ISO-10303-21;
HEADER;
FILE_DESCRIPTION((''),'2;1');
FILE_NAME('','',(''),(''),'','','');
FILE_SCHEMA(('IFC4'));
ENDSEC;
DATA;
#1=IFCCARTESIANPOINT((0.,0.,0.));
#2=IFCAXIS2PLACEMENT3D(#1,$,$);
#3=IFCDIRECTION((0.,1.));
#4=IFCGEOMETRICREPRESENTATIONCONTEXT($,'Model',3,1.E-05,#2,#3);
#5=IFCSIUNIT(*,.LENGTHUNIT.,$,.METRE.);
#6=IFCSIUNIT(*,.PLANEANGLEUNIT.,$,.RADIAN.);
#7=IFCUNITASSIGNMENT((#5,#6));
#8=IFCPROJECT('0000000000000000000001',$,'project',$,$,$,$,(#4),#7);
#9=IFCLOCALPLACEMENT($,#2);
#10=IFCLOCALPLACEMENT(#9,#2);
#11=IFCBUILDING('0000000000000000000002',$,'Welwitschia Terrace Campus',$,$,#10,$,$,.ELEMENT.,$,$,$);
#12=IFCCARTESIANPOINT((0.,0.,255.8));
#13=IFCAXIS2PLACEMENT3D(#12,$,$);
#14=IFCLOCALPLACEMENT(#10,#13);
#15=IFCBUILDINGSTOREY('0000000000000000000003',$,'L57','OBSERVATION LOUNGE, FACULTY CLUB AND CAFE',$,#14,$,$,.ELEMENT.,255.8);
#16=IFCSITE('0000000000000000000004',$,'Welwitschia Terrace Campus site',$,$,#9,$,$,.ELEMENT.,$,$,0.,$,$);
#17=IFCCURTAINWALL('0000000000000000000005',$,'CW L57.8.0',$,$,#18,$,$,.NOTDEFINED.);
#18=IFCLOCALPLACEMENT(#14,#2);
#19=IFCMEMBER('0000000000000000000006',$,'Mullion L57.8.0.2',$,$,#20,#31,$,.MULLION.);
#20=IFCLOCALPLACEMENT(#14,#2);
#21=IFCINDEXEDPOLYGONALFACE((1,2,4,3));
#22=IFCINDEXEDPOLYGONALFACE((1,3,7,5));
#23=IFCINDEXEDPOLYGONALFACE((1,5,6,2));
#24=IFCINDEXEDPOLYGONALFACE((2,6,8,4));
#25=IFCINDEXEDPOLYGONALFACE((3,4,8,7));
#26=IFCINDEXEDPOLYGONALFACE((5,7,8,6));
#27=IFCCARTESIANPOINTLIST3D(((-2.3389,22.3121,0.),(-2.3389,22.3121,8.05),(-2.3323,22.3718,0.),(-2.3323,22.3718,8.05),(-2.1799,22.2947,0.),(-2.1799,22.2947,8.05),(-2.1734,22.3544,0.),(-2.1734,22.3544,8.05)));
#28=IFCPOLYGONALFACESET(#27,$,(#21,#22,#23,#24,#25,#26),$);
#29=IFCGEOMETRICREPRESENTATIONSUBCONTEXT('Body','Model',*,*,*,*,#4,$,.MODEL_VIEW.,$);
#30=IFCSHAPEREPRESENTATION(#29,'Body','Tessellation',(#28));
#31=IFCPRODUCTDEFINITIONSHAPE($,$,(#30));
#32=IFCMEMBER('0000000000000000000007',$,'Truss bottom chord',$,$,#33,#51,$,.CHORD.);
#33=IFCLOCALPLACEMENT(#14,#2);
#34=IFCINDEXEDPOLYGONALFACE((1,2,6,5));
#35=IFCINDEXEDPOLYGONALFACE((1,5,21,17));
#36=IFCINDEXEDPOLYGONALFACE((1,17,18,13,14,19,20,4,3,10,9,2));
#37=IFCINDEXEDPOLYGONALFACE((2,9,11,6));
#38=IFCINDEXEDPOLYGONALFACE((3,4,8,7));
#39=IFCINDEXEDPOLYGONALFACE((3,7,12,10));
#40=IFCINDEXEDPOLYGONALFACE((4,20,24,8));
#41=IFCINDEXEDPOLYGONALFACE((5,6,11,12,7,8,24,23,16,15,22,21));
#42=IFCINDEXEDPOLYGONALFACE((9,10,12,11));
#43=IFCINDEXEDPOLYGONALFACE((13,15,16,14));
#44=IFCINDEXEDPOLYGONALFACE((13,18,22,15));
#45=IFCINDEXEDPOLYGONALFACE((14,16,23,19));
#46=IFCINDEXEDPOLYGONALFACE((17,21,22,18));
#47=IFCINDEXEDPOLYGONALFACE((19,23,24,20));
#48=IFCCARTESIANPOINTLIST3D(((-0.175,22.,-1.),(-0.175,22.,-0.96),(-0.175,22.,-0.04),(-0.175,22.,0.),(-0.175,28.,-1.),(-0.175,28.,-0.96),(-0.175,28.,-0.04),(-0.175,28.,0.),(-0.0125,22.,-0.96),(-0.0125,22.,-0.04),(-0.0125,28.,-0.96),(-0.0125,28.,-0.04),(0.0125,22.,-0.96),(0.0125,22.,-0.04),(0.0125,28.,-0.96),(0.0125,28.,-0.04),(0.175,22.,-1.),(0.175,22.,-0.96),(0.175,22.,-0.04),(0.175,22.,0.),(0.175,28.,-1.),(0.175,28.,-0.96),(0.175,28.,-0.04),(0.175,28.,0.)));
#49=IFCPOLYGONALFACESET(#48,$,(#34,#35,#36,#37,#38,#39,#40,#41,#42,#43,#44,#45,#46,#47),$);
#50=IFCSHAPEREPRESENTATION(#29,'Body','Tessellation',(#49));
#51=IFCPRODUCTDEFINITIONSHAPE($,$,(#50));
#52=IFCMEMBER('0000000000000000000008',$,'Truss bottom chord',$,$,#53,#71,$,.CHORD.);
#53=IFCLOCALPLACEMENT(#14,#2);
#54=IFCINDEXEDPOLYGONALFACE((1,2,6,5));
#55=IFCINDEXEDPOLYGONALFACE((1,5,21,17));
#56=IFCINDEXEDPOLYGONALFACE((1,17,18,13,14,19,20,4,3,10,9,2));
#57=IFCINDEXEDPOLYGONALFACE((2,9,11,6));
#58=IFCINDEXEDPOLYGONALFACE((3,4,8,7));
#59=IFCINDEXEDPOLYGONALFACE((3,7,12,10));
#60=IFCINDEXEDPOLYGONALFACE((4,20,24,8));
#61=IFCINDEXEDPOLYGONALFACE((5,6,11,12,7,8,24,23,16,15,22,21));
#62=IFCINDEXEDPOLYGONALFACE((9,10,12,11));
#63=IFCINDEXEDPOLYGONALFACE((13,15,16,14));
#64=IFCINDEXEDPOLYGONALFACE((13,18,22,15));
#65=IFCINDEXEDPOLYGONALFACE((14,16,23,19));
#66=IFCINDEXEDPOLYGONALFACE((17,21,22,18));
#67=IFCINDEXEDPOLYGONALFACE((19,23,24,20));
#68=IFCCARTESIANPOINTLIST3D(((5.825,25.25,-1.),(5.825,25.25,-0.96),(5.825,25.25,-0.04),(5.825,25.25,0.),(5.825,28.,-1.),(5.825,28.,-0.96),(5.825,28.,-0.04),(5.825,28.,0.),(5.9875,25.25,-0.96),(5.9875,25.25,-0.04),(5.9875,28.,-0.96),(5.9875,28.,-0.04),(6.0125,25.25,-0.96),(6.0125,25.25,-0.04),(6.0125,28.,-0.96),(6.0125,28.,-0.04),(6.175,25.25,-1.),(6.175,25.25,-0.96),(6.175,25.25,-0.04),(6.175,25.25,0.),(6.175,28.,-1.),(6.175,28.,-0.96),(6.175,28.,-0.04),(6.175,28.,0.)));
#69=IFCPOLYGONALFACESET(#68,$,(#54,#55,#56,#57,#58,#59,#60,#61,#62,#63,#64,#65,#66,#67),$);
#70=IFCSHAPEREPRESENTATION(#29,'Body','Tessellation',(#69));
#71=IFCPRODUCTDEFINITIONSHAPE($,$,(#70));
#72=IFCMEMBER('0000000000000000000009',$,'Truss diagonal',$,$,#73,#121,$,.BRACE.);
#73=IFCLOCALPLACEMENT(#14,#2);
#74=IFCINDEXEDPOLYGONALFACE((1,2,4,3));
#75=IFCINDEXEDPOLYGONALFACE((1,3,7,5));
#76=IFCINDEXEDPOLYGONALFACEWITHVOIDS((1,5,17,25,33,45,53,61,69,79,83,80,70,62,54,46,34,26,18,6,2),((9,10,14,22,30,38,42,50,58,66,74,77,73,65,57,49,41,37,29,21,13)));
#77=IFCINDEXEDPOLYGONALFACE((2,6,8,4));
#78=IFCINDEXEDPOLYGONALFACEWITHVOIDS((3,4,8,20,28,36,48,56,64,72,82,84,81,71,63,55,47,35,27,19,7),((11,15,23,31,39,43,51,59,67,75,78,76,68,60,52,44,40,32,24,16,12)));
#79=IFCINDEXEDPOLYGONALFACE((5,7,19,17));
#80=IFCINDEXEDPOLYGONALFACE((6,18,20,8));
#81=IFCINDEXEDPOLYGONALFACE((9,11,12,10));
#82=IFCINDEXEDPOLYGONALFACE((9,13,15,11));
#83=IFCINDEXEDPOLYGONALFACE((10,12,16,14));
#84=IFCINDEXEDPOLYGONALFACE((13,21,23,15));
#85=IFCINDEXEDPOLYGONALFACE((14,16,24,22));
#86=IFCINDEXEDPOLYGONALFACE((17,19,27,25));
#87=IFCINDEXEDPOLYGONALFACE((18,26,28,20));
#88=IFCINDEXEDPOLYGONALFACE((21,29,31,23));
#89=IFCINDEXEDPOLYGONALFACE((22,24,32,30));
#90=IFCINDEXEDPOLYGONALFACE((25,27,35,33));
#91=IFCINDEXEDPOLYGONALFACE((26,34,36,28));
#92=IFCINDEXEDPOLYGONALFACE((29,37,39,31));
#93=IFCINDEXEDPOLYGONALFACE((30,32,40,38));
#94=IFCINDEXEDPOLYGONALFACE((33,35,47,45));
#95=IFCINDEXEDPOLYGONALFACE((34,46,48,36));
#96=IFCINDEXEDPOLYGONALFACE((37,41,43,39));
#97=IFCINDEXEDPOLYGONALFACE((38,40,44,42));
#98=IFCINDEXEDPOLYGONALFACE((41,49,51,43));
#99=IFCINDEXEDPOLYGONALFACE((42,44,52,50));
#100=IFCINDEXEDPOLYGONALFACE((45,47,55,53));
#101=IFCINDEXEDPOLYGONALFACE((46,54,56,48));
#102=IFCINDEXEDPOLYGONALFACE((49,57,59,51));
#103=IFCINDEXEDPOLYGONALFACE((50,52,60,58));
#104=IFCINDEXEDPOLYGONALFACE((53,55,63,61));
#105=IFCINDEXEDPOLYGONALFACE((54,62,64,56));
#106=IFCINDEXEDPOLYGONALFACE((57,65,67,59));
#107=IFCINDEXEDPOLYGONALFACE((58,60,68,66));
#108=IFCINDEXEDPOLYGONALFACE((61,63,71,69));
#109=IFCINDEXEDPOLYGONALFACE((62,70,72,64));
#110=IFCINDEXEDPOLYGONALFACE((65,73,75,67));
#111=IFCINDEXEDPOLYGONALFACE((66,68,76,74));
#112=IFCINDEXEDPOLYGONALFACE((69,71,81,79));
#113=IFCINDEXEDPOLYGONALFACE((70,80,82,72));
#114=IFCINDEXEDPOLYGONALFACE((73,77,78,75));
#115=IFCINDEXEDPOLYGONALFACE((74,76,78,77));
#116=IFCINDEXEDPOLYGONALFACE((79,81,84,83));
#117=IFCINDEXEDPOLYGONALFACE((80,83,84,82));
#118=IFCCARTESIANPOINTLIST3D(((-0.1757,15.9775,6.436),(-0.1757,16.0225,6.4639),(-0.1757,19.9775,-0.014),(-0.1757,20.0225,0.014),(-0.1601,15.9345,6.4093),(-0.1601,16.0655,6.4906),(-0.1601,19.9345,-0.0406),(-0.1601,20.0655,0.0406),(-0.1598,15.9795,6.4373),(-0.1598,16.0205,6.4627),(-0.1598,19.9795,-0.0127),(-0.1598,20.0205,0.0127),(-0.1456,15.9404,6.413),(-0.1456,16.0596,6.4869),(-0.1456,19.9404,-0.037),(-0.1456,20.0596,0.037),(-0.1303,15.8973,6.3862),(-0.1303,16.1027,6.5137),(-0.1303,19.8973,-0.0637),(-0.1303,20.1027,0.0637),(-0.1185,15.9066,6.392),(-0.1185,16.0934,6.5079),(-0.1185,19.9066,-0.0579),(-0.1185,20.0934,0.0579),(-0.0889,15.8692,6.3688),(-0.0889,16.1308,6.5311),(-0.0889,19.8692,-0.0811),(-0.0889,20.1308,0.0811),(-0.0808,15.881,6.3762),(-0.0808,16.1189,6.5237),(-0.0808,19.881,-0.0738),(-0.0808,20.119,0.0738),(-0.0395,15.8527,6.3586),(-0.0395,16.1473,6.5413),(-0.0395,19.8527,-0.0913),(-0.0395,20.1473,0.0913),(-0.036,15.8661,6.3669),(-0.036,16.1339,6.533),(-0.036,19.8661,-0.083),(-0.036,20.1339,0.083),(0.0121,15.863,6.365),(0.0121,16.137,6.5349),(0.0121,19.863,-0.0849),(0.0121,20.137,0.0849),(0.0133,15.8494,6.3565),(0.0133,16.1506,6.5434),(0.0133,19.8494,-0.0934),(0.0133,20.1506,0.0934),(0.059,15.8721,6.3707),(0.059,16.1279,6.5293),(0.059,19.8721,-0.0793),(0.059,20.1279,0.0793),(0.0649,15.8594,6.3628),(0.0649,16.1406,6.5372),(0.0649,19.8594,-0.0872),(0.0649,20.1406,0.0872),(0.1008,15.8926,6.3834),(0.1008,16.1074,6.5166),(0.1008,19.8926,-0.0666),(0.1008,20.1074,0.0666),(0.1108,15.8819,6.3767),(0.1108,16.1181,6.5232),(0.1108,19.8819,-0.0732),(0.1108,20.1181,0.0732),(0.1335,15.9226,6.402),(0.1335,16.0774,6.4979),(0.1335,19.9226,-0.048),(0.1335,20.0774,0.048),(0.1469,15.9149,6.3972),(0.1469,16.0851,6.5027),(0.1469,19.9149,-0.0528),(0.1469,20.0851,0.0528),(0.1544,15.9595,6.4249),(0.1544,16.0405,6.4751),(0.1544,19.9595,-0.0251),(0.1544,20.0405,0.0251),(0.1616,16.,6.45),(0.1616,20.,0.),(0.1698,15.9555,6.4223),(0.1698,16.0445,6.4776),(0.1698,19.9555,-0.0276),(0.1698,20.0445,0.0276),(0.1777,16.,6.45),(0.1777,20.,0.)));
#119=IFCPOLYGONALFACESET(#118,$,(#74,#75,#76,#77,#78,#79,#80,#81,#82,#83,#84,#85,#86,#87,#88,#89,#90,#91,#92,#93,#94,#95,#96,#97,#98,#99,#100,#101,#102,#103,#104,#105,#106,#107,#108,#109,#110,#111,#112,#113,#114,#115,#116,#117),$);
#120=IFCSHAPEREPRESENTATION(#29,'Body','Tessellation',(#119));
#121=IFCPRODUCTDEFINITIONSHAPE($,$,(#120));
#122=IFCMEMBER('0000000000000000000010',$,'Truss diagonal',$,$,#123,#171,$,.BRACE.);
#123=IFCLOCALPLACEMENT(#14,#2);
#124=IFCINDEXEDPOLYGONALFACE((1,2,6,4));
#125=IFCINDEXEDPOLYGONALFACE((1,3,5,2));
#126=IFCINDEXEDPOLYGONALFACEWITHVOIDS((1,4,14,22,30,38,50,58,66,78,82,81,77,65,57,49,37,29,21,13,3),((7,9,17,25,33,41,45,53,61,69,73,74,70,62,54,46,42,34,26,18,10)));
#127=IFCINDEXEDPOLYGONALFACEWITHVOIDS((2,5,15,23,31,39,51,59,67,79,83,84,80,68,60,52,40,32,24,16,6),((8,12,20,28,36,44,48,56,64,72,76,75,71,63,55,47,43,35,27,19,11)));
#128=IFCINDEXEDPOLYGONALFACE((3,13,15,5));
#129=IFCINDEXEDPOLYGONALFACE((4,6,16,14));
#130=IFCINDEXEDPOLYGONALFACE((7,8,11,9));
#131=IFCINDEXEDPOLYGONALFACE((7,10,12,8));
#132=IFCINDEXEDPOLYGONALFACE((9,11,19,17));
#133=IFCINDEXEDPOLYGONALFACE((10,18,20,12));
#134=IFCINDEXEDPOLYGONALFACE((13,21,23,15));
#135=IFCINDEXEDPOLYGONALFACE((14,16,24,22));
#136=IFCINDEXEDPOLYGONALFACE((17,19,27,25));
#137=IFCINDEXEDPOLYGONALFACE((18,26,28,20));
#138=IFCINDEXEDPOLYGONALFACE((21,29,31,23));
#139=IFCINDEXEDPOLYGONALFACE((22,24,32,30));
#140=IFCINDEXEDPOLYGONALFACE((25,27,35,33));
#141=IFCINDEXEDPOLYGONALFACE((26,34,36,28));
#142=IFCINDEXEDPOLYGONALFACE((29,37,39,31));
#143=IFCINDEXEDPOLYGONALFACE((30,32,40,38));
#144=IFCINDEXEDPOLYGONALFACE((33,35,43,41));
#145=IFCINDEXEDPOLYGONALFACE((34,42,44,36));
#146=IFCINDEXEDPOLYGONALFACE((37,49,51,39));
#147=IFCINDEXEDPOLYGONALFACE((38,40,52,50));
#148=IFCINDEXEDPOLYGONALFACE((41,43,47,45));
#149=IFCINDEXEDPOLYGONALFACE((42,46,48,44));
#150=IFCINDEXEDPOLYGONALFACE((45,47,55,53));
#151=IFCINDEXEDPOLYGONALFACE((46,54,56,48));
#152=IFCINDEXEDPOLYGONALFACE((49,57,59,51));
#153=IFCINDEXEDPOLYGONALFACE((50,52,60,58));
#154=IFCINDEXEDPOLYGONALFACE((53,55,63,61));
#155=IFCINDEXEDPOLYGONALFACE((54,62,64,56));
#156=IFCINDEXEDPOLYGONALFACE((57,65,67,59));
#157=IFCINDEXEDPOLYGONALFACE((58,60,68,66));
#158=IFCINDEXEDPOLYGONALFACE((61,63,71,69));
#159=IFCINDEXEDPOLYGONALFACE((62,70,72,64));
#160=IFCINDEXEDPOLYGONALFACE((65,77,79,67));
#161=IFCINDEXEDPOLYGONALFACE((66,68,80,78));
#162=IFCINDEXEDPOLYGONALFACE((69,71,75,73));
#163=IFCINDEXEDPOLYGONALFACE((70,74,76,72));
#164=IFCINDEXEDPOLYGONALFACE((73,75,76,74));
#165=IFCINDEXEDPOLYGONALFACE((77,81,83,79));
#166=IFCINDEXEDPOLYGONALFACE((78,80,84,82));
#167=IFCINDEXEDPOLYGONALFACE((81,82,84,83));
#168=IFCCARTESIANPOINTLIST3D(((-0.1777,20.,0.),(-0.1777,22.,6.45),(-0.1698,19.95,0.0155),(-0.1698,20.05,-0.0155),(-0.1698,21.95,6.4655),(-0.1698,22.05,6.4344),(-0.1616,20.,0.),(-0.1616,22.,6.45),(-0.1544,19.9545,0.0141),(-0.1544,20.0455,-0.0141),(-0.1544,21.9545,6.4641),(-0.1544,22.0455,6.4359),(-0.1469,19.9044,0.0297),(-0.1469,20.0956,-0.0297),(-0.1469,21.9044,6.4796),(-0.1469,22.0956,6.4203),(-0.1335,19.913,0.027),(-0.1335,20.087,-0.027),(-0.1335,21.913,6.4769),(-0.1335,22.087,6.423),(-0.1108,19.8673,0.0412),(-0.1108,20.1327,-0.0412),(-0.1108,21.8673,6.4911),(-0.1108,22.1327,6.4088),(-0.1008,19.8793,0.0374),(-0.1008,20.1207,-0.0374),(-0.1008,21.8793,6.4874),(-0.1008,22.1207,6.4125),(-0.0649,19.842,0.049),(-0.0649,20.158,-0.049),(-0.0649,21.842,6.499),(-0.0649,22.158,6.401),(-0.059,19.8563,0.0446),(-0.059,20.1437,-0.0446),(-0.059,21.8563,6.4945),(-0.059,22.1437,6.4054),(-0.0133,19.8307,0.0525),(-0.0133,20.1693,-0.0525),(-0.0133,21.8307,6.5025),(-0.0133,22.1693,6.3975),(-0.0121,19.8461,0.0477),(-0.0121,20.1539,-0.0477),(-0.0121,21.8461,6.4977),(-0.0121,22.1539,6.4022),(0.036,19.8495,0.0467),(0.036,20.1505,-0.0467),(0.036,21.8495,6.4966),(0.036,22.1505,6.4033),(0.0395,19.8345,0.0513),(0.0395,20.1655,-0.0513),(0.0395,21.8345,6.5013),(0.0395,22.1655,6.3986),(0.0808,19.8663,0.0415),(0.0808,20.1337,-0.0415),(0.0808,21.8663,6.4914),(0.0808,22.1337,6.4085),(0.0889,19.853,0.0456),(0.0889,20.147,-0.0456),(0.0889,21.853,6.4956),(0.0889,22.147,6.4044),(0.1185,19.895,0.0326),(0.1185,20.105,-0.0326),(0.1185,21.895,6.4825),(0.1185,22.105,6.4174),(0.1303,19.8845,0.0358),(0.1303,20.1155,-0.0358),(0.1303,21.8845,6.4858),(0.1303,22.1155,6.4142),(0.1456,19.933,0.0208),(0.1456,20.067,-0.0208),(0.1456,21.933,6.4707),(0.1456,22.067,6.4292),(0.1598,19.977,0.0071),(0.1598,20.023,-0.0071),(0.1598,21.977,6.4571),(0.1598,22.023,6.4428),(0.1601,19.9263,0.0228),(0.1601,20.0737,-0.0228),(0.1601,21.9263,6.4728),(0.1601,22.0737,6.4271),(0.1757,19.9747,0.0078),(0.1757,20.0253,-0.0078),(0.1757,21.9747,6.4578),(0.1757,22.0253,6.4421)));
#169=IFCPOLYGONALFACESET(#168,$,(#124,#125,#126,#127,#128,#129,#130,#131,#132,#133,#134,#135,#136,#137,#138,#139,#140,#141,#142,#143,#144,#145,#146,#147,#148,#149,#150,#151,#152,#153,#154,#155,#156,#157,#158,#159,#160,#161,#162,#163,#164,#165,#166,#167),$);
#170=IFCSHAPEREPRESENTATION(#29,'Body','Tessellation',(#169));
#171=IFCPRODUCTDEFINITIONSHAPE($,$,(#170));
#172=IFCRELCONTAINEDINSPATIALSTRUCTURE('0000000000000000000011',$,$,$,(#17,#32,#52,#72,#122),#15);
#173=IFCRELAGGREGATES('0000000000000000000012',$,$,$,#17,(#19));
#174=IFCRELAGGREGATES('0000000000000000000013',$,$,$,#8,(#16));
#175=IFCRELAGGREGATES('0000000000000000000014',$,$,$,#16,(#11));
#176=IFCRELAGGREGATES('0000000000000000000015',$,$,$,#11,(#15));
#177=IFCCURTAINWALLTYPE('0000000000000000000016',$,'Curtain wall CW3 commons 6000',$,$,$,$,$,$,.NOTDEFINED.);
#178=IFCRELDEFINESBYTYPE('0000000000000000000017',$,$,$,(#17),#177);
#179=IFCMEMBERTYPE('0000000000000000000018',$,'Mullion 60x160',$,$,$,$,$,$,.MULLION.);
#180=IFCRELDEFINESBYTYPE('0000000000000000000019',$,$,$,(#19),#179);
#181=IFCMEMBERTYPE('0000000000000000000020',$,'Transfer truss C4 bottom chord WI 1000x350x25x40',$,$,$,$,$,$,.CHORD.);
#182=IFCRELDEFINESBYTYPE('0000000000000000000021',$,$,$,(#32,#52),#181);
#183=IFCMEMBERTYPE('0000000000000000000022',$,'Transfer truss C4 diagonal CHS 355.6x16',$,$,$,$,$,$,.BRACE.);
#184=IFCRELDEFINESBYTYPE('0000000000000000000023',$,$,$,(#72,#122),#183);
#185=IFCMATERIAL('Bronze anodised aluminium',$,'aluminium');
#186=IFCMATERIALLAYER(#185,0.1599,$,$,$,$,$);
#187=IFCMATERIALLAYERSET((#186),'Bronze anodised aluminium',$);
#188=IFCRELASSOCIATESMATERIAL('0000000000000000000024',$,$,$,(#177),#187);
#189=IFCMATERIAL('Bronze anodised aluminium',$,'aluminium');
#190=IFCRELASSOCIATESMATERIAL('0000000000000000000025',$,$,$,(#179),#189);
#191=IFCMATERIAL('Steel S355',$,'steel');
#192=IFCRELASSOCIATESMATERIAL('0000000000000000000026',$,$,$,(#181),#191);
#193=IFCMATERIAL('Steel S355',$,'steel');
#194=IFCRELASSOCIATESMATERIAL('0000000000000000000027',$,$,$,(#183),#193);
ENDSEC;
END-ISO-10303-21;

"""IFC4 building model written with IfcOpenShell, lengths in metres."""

from ifc_helpers import new_model, si_unit, direction, frame, origin, origin_2d, place, context, subcontext, project, spatial, rectangle, hollow_circle, i_section, extrude, material, layer, layer_set, material_profile, profile_set, type_object, element, aggregate, save


model = new_model("IFC4")

# Units and contexts
model_context = context("Model", 3, precision=1e-05, world=origin(), true_north=direction((0.0, 1.0)))
body_context = subcontext(model_context, "Body", "Model", "MODEL_VIEW")
ifc_project = project(units=[si_unit("LENGTHUNIT", "METRE"), si_unit("PLANEANGLEUNIT", "RADIAN")], contexts=[model_context])

# Site, building, storey
site_placement = place(None, origin())
site = spatial("IfcSite", under=ifc_project, at=site_placement, Name="Welwitschia Terrace Campus site", CompositionType="ELEMENT", RefElevation=0.0)
building_placement = place(site_placement, origin())
building = spatial("IfcBuilding", under=site, at=building_placement, Name="Welwitschia Terrace Campus", CompositionType="ELEMENT")
storey_placement = place(building_placement, frame((0.0, 0.0, 255.8)))
storey = spatial("IfcBuildingStorey", under=building, at=storey_placement, Name="L57", Description="OBSERVATION LOUNGE, FACULTY CLUB AND CAFE", CompositionType="ELEMENT", Elevation=255.8)

# Curtain wall, member
ifc_material_1 = material(Name="Bronze anodised aluminium", Category="aluminium")
ifc_layer_1 = layer(ifc_material_1, 0.1599)
ifc_layer_set_1 = layer_set([ifc_layer_1], Name="Bronze anodised aluminium")
curtain_wall_type = type_object("IfcCurtainWallType", Name="Curtain wall CW3 commons 6000", PredefinedType="NOTDEFINED", material=ifc_layer_set_1)
curtain_wall_placement = place(storey_placement, origin())
curtain_wall = element("IfcCurtainWall", 1, at=curtain_wall_placement, inside=storey, type_object=curtain_wall_type, Name="CW L57.8.0", PredefinedType="NOTDEFINED")
ifc_material_2 = material(Name="Bronze anodised aluminium", Category="aluminium")
ifc_material_profile_1 = material_profile(ifc_material_2, rectangle(XDim=0.1599, YDim=0.0601, at=origin_2d()))
ifc_profile_set_1 = profile_set([ifc_material_profile_1], Name="Bronze anodised aluminium")
member_type_1 = type_object("IfcMemberType", Name="Mullion 60x160", PredefinedType="MULLION", material=ifc_profile_set_1)
member_1_placement = place(storey_placement, frame((-2.2561, 22.3333, 0.0), z_axis=(0.0, 0.0, 1.0), x_axis=(0.994056, -0.108867, 0.0)))
member_1 = element("IfcMember", 2, at=member_1_placement, type_object=member_type_1, Name="Mullion L57.8.0.2", PredefinedType="MULLION", context=body_context, shape_type="SweptSolid", body=[
    extrude(rectangle(XDim=0.1599, YDim=0.0601, at=origin_2d()), origin(), (0.0, 0.0, 1.0), 8.05),
])

# Members
ifc_material_3 = material(Name="Steel S355", Category="steel")
ifc_material_profile_2 = material_profile(ifc_material_3, i_section(OverallWidth=0.3501, OverallDepth=1.0, WebThickness=0.0249, FlangeThickness=0.04, at=origin_2d()))
ifc_profile_set_2 = profile_set([ifc_material_profile_2], Name="Steel S355")
member_type_2 = type_object("IfcMemberType", Name="Transfer truss C4 bottom chord WI 1000x350x25x40", PredefinedType="CHORD", material=ifc_profile_set_2)
member_2_placement = place(storey_placement, frame((0.0, 22.0, -0.5), z_axis=(0.0, 1.0, 0.0), x_axis=(-1.0, 0.0, 0.0)))
element("IfcMember", 3, at=member_2_placement, inside=storey, type_object=member_type_2, Name="Truss bottom chord", PredefinedType="CHORD", context=body_context, shape_type="SweptSolid", body=[
    extrude(i_section(OverallWidth=0.3501, OverallDepth=1.0, WebThickness=0.0249, FlangeThickness=0.04, at=origin_2d()), origin(), (0.0, 0.0, 1.0), 6.0),
])
member_3_placement = place(storey_placement, frame((6.0, 25.25, -0.5), z_axis=(0.0, 1.0, 0.0), x_axis=(-1.0, 0.0, 0.0)))
element("IfcMember", 4, at=member_3_placement, inside=storey, type_object=member_type_2, Name="Truss bottom chord", PredefinedType="CHORD", context=body_context, shape_type="SweptSolid", body=[
    extrude(i_section(OverallWidth=0.3501, OverallDepth=1.0, WebThickness=0.0249, FlangeThickness=0.04, at=origin_2d()), origin(), (0.0, 0.0, 1.0), 2.75),
])
ifc_material_4 = material(Name="Steel S355", Category="steel")
ifc_material_profile_3 = material_profile(ifc_material_4, hollow_circle(Radius=0.1777, WallThickness=0.0161, at=origin_2d()))
ifc_profile_set_3 = profile_set([ifc_material_profile_3], Name="Steel S355")
member_type_3 = type_object("IfcMemberType", Name="Transfer truss C4 diagonal CHS 355.6x16", PredefinedType="BRACE", material=ifc_profile_set_3)
member_4_placement = place(storey_placement, frame((0.0, 20.0, 0.0), z_axis=(0.0, -0.527038, 0.849842), x_axis=(1.0, 0.0, 0.0)))
element("IfcMember", 5, at=member_4_placement, inside=storey, type_object=member_type_3, Name="Truss diagonal", PredefinedType="BRACE", context=body_context, shape_type="SweptSolid", body=[
    extrude(hollow_circle(Radius=0.1777, WallThickness=0.0161, at=origin_2d()), origin(), (0.0, 0.0, 1.0), 7.5896),
])
member_5_placement = place(storey_placement, frame((0.0, 20.0, 0.0), z_axis=(0.0, 0.296168, 0.955136), x_axis=(-1.0, 0.0, 0.0)))
element("IfcMember", 6, at=member_5_placement, inside=storey, type_object=member_type_3, Name="Truss diagonal", PredefinedType="BRACE", context=body_context, shape_type="SweptSolid", body=[
    extrude(hollow_circle(Radius=0.1777, WallThickness=0.0161, at=origin_2d()), origin(), (0.0, 0.0, 1.0), 6.7529),
])

aggregate(curtain_wall, [member_1])

save(model, "model.ifc")
